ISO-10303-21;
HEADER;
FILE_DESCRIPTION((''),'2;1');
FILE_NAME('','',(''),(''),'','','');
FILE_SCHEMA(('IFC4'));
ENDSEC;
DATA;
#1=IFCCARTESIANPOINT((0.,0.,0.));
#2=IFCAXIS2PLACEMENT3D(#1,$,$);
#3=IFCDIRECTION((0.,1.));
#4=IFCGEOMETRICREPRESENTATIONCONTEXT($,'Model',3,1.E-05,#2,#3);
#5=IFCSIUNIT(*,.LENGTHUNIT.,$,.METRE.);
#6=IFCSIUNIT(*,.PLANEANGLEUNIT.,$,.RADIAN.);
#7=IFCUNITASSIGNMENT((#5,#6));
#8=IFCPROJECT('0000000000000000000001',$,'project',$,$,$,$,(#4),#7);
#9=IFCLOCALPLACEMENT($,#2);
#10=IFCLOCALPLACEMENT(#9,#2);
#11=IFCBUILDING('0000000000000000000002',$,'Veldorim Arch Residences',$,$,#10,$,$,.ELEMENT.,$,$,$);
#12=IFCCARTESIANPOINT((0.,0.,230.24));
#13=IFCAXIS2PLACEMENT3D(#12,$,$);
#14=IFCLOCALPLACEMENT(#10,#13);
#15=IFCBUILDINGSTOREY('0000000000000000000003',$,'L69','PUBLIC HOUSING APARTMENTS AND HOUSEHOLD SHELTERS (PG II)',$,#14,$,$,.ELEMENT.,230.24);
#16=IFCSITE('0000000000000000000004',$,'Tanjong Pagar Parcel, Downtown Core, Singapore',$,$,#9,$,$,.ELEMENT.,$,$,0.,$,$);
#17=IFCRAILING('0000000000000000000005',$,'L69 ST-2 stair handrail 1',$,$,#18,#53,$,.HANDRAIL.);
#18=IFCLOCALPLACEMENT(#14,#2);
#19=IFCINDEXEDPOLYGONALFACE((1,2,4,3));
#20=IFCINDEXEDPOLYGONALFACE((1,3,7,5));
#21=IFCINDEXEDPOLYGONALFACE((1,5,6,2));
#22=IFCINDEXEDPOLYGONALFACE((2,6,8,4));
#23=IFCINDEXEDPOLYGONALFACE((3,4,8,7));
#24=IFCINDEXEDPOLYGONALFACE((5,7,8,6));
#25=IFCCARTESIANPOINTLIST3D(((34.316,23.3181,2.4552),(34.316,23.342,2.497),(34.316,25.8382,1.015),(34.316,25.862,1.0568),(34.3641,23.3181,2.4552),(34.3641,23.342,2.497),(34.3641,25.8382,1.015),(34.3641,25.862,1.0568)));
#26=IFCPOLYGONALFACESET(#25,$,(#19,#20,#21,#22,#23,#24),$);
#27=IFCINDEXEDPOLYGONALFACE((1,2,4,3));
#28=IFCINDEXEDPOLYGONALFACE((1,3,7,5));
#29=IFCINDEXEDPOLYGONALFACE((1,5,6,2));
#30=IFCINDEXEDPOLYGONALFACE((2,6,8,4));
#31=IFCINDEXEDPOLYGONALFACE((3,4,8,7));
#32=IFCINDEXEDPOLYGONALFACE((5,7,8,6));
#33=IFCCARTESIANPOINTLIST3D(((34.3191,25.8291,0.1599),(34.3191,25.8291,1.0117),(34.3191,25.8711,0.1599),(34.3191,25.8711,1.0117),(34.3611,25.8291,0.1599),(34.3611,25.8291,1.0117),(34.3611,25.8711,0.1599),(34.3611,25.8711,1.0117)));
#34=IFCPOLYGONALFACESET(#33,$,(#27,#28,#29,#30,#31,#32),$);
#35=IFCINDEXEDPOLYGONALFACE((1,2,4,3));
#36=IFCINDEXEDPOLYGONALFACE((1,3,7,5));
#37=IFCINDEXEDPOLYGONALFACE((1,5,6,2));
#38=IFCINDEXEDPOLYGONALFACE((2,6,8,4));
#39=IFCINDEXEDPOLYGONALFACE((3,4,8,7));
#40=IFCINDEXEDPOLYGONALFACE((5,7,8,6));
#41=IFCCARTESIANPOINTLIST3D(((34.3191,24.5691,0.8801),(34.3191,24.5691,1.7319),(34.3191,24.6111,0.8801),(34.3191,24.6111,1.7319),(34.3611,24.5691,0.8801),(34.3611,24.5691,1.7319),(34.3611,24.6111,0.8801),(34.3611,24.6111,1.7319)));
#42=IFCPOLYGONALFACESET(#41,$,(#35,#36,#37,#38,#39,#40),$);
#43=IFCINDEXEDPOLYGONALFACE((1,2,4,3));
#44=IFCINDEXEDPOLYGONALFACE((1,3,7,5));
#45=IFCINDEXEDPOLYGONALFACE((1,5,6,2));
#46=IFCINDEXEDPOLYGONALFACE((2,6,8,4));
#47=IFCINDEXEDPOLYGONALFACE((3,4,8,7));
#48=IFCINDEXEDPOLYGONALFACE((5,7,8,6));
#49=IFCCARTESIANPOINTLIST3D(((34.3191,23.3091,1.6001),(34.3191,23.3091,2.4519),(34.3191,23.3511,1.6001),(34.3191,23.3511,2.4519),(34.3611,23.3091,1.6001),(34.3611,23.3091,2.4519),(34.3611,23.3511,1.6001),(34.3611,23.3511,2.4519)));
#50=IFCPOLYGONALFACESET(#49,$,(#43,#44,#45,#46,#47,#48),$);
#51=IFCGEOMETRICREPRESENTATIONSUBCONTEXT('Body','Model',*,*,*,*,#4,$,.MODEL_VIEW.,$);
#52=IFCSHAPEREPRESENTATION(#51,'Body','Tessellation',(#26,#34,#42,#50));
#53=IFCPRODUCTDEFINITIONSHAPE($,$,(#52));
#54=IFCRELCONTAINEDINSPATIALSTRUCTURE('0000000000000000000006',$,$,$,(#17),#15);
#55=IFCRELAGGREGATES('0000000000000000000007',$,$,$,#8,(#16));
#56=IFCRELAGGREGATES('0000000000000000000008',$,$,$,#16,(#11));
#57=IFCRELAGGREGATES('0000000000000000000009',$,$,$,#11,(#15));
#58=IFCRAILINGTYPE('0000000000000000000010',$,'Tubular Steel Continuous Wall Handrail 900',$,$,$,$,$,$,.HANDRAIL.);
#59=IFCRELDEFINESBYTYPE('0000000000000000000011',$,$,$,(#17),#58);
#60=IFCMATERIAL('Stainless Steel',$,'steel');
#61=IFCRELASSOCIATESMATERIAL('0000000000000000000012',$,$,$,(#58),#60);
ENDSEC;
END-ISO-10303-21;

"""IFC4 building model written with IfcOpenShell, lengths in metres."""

from ifc_helpers import new_model, si_unit, direction, frame, origin, origin_2d, place, context, subcontext, project, spatial, rectangle, extrude, material, type_object, element, save


model = new_model("IFC4")

# Units and contexts
model_context = context("Model", 3, precision=1e-05, world=origin(), true_north=direction((0.0, 1.0)))
body_context = subcontext(model_context, "Body", "Model", "MODEL_VIEW")
ifc_project = project(units=[si_unit("LENGTHUNIT", "METRE"), si_unit("PLANEANGLEUNIT", "RADIAN")], contexts=[model_context])

# Site, building, storey
site_placement = place(None, origin())
site = spatial("IfcSite", under=ifc_project, at=site_placement, Name="Tanjong Pagar Parcel, Downtown Core, Singapore", CompositionType="ELEMENT", RefElevation=0.0)
building_placement = place(site_placement, origin())
building = spatial("IfcBuilding", under=site, at=building_placement, Name="Veldorim Arch Residences", CompositionType="ELEMENT")
storey_placement = place(building_placement, frame((0.0, 0.0, 230.24)))
storey = spatial("IfcBuildingStorey", under=building, at=storey_placement, Name="L69", Description="PUBLIC HOUSING APARTMENTS AND HOUSEHOLD SHELTERS (PG II)", CompositionType="ELEMENT", Elevation=230.24)

# Railing
ifc_material_1 = material(Name="Stainless Steel", Category="steel")
railing_type_1 = type_object("IfcRailingType", Name="Tubular Steel Continuous Wall Handrail 900", PredefinedType="HANDRAIL", material=ifc_material_1)
railing_1_placement = place(storey_placement, frame((34.3401, 25.8501, 0.1599)))
element("IfcRailing", 1, at=railing_1_placement, inside=storey, type_object=railing_type_1, Name="L69 ST-2 stair handrail 1", PredefinedType="HANDRAIL", context=body_context, shape_type="SweptSolid", body=[
    extrude(rectangle(XDim=0.0481, YDim=0.0481, at=origin_2d()), frame((0.0, 0.0, 0.876), z_axis=(0.0, -0.868217, 0.496184), x_axis=(1.0, 0.0, 0.0)), (0.0, 0.0, 1.0), 2.9026),
    extrude(rectangle(XDim=0.042, YDim=0.042, at=origin_2d()), origin(), (0.0, 0.0, 1.0), 0.8518),
    extrude(rectangle(XDim=0.042, YDim=0.042, at=origin_2d()), frame((0.0, -1.26, 0.7202)), (0.0, 0.0, 1.0), 0.8518),
    extrude(rectangle(XDim=0.042, YDim=0.042, at=origin_2d()), frame((0.0, -2.52, 1.4402)), (0.0, 0.0, 1.0), 0.8518),
])

save(model, "model.ifc")
